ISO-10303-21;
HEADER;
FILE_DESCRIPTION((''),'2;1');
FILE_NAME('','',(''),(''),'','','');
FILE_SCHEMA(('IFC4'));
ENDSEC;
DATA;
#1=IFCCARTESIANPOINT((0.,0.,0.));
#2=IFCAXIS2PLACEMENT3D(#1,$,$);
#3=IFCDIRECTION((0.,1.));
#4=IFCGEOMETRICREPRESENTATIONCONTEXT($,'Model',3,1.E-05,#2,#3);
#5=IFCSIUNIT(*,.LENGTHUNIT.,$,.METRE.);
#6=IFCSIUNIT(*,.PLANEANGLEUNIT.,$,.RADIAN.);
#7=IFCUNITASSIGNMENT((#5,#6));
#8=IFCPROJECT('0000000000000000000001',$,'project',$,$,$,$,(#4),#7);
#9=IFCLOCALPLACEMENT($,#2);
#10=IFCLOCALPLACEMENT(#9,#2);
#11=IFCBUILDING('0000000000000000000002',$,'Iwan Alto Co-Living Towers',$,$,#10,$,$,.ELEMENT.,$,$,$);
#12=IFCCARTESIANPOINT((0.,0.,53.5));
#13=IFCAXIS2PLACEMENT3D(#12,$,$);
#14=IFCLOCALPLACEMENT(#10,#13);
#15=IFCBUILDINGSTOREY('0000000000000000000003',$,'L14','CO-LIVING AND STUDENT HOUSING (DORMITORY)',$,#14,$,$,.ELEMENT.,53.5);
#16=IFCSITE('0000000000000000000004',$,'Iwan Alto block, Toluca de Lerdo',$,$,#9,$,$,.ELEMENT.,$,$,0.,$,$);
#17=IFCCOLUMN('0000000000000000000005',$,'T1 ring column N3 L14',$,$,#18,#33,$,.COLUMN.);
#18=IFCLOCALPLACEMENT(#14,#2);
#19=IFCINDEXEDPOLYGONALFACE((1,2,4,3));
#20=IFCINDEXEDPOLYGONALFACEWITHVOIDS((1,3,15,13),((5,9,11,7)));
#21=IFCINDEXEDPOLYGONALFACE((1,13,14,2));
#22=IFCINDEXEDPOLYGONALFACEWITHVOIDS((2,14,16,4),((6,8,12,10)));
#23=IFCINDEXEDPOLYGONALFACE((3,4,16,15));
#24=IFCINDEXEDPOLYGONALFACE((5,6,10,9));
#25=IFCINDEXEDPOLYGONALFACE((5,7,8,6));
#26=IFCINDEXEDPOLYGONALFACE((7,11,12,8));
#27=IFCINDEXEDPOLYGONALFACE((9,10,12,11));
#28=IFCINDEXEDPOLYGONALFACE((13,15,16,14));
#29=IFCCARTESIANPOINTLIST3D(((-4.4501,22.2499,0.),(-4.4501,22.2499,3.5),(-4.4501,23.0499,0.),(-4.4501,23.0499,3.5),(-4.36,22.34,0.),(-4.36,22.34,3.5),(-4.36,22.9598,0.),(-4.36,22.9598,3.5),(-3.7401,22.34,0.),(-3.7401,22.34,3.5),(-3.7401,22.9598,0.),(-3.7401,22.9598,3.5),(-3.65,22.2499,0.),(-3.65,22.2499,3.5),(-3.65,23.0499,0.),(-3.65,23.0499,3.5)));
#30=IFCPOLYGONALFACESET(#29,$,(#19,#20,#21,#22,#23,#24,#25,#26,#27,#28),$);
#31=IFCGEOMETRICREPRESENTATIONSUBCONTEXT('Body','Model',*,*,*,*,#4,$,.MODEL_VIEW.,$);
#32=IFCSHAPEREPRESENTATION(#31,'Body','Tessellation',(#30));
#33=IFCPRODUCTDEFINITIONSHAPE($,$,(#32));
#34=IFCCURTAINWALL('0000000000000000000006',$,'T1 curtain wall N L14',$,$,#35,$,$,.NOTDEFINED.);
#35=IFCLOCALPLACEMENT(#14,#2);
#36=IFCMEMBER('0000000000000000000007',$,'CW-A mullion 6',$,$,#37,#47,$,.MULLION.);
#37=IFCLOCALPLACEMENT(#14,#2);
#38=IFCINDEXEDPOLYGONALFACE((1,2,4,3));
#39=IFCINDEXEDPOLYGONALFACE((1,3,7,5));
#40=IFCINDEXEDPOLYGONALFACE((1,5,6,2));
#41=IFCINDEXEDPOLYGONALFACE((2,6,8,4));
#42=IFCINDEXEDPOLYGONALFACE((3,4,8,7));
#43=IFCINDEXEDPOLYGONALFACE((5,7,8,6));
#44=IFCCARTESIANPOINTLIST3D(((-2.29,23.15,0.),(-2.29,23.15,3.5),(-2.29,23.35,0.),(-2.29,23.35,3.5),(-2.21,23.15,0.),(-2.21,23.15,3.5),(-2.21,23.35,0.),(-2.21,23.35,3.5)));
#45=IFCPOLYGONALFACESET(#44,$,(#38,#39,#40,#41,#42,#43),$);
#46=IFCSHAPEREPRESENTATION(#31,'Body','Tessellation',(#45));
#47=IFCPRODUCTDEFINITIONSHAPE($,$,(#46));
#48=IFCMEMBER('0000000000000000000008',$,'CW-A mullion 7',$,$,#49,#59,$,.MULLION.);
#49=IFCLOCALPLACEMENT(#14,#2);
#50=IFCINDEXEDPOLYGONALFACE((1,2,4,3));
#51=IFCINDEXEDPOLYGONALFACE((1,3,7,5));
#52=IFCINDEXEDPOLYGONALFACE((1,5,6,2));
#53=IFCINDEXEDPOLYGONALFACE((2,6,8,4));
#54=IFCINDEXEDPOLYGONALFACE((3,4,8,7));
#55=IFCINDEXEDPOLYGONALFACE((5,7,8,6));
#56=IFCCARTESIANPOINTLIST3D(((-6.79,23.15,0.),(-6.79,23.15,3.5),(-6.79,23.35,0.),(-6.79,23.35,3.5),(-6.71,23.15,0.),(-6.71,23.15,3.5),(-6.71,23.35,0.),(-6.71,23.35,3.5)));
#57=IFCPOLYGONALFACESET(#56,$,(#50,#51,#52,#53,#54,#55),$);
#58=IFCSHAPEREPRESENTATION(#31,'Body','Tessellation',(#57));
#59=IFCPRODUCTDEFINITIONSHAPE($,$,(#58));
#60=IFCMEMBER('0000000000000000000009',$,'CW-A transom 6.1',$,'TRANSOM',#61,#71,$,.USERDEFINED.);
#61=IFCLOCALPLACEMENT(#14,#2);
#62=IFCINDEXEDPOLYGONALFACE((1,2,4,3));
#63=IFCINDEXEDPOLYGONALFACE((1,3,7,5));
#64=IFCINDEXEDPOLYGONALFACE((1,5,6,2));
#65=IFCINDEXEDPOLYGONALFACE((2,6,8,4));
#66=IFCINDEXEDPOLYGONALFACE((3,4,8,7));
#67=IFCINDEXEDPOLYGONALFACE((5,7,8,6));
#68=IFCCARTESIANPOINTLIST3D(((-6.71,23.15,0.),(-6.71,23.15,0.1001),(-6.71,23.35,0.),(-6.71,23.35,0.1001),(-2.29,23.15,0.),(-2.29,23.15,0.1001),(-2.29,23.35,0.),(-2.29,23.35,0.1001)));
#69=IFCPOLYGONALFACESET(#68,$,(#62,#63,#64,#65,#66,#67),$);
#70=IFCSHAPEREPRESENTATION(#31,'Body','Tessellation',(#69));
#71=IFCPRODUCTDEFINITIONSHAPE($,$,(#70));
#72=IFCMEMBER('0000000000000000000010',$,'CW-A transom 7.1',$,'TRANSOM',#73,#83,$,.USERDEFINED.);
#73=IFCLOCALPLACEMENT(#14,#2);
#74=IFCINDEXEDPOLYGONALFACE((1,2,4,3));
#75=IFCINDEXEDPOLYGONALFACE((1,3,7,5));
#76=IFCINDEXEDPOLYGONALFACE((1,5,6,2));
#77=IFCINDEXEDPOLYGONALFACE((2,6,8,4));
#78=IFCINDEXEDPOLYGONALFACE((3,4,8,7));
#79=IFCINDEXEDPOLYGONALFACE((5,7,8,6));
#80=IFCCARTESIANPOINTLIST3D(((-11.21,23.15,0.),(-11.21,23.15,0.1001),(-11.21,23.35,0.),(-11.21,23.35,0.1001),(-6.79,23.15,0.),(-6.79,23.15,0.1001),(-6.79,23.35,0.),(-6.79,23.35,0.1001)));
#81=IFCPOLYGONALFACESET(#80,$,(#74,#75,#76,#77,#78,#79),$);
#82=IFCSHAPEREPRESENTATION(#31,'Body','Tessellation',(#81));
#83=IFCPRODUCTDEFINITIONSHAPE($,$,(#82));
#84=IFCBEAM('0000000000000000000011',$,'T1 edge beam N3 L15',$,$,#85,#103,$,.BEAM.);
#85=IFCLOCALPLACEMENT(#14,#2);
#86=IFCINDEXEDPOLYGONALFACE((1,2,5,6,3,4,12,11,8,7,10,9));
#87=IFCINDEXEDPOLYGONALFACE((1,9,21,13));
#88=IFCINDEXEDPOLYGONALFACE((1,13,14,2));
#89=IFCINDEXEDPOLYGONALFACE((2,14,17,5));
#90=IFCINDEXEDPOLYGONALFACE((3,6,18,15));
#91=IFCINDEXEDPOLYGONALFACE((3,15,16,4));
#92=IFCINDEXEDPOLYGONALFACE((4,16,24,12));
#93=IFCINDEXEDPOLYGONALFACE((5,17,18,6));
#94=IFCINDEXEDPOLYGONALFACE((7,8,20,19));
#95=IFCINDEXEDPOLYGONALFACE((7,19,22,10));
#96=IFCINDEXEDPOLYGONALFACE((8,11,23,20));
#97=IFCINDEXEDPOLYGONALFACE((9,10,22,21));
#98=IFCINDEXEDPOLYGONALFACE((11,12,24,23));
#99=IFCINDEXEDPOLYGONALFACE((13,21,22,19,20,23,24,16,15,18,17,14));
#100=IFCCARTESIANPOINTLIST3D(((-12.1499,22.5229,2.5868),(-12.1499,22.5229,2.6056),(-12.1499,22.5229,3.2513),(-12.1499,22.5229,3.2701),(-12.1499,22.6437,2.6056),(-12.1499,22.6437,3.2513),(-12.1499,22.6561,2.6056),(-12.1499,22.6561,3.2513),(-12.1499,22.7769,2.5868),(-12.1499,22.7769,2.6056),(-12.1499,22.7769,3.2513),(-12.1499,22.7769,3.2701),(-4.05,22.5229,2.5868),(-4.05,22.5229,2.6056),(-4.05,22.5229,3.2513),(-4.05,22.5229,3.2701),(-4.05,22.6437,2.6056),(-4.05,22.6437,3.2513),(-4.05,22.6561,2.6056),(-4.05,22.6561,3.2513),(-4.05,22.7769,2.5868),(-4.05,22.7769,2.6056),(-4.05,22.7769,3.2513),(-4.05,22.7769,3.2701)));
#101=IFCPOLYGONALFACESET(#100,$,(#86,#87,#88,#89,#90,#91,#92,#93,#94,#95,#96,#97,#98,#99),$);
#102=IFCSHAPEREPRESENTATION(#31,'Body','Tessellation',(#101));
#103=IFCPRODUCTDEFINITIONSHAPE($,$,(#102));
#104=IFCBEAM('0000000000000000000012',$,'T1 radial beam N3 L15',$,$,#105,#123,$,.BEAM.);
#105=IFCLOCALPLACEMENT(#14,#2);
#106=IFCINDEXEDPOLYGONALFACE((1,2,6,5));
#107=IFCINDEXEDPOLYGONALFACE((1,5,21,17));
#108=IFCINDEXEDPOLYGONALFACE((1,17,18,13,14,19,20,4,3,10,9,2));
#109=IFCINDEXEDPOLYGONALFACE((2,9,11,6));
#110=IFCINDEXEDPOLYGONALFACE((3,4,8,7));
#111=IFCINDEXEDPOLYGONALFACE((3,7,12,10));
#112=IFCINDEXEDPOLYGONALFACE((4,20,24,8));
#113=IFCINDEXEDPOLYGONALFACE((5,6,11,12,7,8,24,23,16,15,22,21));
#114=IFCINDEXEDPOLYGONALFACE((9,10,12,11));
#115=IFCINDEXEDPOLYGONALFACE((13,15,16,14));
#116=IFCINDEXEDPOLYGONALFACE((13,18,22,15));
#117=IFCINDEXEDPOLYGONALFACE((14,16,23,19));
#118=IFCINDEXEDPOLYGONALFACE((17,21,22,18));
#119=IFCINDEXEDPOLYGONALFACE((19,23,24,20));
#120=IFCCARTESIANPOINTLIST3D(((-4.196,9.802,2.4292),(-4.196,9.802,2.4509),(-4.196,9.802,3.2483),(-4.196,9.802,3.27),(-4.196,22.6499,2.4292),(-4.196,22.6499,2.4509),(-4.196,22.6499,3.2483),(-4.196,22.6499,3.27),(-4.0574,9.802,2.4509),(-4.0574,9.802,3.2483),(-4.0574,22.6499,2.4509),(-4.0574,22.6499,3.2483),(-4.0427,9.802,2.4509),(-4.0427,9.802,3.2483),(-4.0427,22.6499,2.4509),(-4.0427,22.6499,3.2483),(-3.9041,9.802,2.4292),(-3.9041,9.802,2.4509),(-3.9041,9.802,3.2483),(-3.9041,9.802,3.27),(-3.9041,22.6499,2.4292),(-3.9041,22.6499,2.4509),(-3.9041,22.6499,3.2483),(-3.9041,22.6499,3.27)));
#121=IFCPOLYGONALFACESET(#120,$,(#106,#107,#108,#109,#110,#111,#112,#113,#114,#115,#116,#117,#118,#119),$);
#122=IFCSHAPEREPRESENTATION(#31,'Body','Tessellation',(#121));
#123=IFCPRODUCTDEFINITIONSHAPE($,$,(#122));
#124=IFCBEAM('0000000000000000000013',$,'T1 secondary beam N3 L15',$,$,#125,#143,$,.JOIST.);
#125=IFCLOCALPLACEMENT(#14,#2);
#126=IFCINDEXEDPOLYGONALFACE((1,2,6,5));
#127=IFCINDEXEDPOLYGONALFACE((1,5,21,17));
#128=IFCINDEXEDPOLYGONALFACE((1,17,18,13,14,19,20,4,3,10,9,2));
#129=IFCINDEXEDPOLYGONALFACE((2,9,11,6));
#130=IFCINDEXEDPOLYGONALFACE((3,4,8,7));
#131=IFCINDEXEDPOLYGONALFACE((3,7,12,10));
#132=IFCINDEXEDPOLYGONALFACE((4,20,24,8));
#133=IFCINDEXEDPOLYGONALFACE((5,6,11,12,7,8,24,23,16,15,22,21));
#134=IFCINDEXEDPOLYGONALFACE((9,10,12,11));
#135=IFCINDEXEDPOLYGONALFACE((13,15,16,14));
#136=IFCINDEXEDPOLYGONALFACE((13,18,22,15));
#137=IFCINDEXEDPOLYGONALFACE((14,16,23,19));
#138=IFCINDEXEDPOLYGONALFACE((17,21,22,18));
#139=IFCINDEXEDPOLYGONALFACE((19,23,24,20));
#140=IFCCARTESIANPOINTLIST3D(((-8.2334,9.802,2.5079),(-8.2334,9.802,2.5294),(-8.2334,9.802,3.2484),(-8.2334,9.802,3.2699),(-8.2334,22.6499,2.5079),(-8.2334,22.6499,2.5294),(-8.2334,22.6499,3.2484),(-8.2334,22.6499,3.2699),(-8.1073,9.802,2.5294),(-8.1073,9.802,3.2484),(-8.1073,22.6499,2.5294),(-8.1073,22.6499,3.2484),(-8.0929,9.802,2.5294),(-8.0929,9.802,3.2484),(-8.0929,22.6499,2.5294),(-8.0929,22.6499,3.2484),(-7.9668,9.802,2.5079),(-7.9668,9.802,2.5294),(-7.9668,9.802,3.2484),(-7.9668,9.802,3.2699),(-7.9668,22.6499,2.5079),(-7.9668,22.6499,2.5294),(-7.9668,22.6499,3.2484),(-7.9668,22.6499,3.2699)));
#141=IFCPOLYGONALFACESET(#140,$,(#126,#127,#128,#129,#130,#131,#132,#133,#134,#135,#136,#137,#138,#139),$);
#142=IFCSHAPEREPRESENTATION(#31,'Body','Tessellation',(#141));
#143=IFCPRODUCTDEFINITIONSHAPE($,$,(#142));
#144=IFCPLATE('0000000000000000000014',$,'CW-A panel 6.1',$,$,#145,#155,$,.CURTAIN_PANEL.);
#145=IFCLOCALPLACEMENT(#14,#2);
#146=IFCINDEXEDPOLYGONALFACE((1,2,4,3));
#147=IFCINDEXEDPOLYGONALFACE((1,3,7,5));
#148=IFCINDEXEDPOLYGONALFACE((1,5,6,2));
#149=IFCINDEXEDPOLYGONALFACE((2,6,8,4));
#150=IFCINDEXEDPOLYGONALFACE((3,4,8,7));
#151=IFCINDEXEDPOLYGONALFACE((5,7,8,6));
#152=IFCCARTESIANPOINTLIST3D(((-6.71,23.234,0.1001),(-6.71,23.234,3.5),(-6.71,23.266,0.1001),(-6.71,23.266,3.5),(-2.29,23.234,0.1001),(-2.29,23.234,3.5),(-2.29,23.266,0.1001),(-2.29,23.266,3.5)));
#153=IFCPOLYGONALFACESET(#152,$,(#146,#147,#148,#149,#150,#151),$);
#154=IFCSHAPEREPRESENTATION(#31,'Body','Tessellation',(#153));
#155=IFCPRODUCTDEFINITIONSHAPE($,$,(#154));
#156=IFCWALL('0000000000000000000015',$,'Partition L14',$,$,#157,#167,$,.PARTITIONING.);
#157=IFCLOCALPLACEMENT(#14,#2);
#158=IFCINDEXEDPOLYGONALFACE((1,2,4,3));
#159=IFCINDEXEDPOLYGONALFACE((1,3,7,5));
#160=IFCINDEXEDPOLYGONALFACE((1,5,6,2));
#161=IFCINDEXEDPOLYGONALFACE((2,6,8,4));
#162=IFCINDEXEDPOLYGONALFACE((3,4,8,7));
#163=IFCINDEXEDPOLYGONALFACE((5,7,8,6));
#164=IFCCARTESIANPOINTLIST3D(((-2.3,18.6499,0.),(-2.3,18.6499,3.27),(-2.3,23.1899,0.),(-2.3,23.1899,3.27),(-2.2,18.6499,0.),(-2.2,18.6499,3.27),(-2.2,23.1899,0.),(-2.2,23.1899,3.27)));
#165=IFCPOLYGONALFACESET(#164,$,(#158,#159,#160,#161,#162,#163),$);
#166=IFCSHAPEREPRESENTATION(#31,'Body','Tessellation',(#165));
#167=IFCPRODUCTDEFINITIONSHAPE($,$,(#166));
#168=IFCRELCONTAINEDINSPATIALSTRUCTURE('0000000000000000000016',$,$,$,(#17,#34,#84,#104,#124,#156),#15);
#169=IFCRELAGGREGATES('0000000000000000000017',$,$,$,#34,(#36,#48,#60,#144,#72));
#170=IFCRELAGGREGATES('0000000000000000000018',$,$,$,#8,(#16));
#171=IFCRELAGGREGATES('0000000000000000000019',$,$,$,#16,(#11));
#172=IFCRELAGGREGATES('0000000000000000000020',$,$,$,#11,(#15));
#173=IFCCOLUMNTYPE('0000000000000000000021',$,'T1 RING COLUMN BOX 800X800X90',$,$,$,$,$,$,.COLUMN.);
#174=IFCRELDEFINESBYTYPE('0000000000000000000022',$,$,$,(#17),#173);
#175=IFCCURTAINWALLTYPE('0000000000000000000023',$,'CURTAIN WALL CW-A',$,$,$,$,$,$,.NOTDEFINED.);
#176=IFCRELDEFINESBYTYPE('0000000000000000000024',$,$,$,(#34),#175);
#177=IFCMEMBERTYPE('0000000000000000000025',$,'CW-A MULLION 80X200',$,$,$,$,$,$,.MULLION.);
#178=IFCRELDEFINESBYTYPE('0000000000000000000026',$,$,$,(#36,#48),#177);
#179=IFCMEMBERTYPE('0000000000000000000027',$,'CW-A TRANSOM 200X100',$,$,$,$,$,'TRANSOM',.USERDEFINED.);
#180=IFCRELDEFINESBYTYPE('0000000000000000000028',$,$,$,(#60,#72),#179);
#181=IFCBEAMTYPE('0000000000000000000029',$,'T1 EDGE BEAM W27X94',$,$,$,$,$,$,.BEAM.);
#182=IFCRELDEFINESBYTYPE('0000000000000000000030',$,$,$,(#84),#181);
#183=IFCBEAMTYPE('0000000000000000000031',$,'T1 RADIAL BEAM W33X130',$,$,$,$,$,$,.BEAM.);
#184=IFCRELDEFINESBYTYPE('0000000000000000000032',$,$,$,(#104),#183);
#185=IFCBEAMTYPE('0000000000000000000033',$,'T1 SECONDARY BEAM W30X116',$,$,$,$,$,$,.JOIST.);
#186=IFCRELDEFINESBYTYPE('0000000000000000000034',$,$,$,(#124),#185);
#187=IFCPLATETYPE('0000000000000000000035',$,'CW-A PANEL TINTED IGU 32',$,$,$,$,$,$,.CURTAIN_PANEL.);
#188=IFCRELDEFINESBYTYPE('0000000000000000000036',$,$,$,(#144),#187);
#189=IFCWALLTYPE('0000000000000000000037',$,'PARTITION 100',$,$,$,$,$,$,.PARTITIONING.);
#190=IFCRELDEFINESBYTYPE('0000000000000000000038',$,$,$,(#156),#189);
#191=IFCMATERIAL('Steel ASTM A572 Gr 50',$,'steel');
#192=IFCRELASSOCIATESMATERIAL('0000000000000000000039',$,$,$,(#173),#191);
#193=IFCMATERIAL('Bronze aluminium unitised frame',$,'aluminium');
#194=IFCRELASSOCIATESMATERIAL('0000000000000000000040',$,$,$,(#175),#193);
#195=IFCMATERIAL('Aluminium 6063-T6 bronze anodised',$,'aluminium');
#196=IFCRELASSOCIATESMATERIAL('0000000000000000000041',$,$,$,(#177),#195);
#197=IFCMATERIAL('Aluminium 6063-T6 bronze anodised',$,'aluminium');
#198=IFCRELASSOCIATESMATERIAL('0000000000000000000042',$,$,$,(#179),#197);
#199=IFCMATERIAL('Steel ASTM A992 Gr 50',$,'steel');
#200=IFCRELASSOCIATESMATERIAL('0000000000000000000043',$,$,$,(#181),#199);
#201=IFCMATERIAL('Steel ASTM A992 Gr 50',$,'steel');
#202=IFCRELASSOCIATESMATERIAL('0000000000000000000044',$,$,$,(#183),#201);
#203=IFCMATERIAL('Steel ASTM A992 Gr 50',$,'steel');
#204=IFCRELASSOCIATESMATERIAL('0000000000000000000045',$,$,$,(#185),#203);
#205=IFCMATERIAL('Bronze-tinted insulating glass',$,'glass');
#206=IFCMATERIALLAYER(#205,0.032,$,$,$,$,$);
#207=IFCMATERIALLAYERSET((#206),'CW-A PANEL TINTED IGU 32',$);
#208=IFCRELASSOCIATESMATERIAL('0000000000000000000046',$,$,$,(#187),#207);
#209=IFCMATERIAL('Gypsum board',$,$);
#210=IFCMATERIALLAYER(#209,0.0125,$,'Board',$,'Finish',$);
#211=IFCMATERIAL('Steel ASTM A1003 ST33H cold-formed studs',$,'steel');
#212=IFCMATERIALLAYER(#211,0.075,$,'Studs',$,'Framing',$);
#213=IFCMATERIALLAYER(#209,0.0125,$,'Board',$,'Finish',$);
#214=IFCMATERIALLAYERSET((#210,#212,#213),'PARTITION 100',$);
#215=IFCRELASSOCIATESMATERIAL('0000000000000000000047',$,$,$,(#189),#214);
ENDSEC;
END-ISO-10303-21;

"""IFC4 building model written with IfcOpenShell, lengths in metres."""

from ifc_helpers import new_model, si_unit, direction, frame, frame_2d, origin, origin_2d, place, context, subcontext, project, spatial, rectangle, hollow_rectangle, i_section, extrude, material, layer, layer_set, material_profile, profile_set, type_object, element, aggregate, save


model = new_model("IFC4")

# Units and contexts
model_context = context("Model", 3, precision=1e-05, world=origin(), true_north=direction((0.0, 1.0)))
body_context = subcontext(model_context, "Body", "Model", "MODEL_VIEW")
ifc_project = project(units=[si_unit("LENGTHUNIT", "METRE"), si_unit("PLANEANGLEUNIT", "RADIAN")], contexts=[model_context])

# Site, building, storey
site_placement = place(None, origin())
site = spatial("IfcSite", under=ifc_project, at=site_placement, Name="Iwan Alto block, Toluca de Lerdo", CompositionType="ELEMENT", RefElevation=0.0)
building_placement = place(site_placement, origin())
building = spatial("IfcBuilding", under=site, at=building_placement, Name="Iwan Alto Co-Living Towers", CompositionType="ELEMENT")
storey_placement = place(building_placement, frame((0.0, 0.0, 53.5)))
storey = spatial("IfcBuildingStorey", under=building, at=storey_placement, Name="L14", Description="CO-LIVING AND STUDENT HOUSING (DORMITORY)", CompositionType="ELEMENT", Elevation=53.5)

# Column
ifc_material_1 = material(Name="Steel ASTM A572 Gr 50", Category="steel")
ifc_material_profile_1 = material_profile(ifc_material_1, hollow_rectangle(XDim=0.8, YDim=0.8, WallThickness=0.0901, at=origin_2d()), Name="BOX 800X800X90")
ifc_profile_set_1 = profile_set([ifc_material_profile_1], Name="Steel ASTM A572 Gr 50")
column_type = type_object("IfcColumnType", Name="T1 RING COLUMN BOX 800X800X90", PredefinedType="COLUMN", material=ifc_profile_set_1)
column_placement = place(storey_placement, frame((-4.05, 22.6499, 0.0), z_axis=(0.0, 0.0, 1.0), x_axis=(1.0, 0.0, 0.0)))
element("IfcColumn", 1, at=column_placement, inside=storey, type_object=column_type, Name="T1 ring column N3 L14", PredefinedType="COLUMN", context=body_context, shape_type="SweptSolid", body=[
    extrude(hollow_rectangle(XDim=0.8, YDim=0.8, WallThickness=0.0901, at=origin_2d()), origin(), (0.0, 0.0, 1.0), 3.5),
])

# Curtain wall, members
ifc_material_2 = material(Name="Bronze aluminium unitised frame", Category="aluminium")
curtain_wall_type = type_object("IfcCurtainWallType", Name="CURTAIN WALL CW-A", PredefinedType="NOTDEFINED", material=ifc_material_2)
curtain_wall_placement = place(storey_placement, origin())
curtain_wall = element("IfcCurtainWall", 2, at=curtain_wall_placement, inside=storey, type_object=curtain_wall_type, Name="T1 curtain wall N L14", PredefinedType="NOTDEFINED")
ifc_material_3 = material(Name="Aluminium 6063-T6 bronze anodised", Category="aluminium")
ifc_material_profile_2 = material_profile(ifc_material_3, rectangle(XDim=0.2, YDim=0.0801, at=origin_2d()), Name="AL 80X200")
ifc_profile_set_2 = profile_set([ifc_material_profile_2], Name="Aluminium 6063-T6 bronze anodised")
member_type_1 = type_object("IfcMemberType", Name="CW-A MULLION 80X200", PredefinedType="MULLION", material=ifc_profile_set_2)
member_1_placement = place(storey_placement, frame((-2.25, 23.25, 0.0), z_axis=(0.0, 0.0, 1.0), x_axis=(0.0, -1.0, 0.0)))
member_1 = element("IfcMember", 3, at=member_1_placement, type_object=member_type_1, Name="CW-A mullion 6", PredefinedType="MULLION", context=body_context, shape_type="SweptSolid", body=[
    extrude(rectangle(XDim=0.2, YDim=0.0801, at=origin_2d()), origin(), (0.0, 0.0, 1.0), 3.5),
])
member_2_placement = place(storey_placement, frame((-6.75, 23.25, 0.0), z_axis=(0.0, 0.0, 1.0), x_axis=(0.0, -1.0, 0.0)))
member_2 = element("IfcMember", 4, at=member_2_placement, type_object=member_type_1, Name="CW-A mullion 7", PredefinedType="MULLION", context=body_context, shape_type="SweptSolid", body=[
    extrude(rectangle(XDim=0.2, YDim=0.0801, at=origin_2d()), origin(), (0.0, 0.0, 1.0), 3.5),
])
ifc_material_4 = material(Name="Aluminium 6063-T6 bronze anodised", Category="aluminium")
ifc_material_profile_3 = material_profile(ifc_material_4, rectangle(XDim=0.2, YDim=0.1001, at=origin_2d()), Name="AL 200X100")
ifc_profile_set_3 = profile_set([ifc_material_profile_3], Name="Aluminium 6063-T6 bronze anodised")
member_type_2 = type_object("IfcMemberType", Name="CW-A TRANSOM 200X100", ElementType="TRANSOM", PredefinedType="USERDEFINED", material=ifc_profile_set_3)
member_3_placement = place(storey_placement, frame((-2.29, 23.25, 0.05), z_axis=(-1.0, 0.0, 0.0), x_axis=(0.0, -1.0, 0.0)))
member_3 = element("IfcMember", 5, at=member_3_placement, type_object=member_type_2, Name="CW-A transom 6.1", ObjectType="TRANSOM", PredefinedType="USERDEFINED", context=body_context, shape_type="SweptSolid", body=[
    extrude(rectangle(XDim=0.2, YDim=0.1001, at=origin_2d()), origin(), (0.0, 0.0, 1.0), 4.4199),
])
member_4_placement = place(storey_placement, frame((-6.79, 23.25, 0.05), z_axis=(-1.0, 0.0, 0.0), x_axis=(0.0, -1.0, 0.0)))
member_4 = element("IfcMember", 6, at=member_4_placement, type_object=member_type_2, Name="CW-A transom 7.1", ObjectType="TRANSOM", PredefinedType="USERDEFINED", context=body_context, shape_type="SweptSolid", body=[
    extrude(rectangle(XDim=0.2, YDim=0.1001, at=origin_2d()), origin(), (0.0, 0.0, 1.0), 4.4199),
])

# Beams
ifc_material_5 = material(Name="Steel ASTM A992 Gr 50", Category="steel")
ifc_material_profile_4 = material_profile(ifc_material_5, i_section(OverallWidth=0.2539, OverallDepth=0.6833, WebThickness=0.0125, FlangeThickness=0.0188, at=origin_2d()), Name="W27X94")
ifc_profile_set_4 = profile_set([ifc_material_profile_4], Name="Steel ASTM A992 Gr 50")
beam_type_1 = type_object("IfcBeamType", Name="T1 EDGE BEAM W27X94", PredefinedType="BEAM", material=ifc_profile_set_4)
beam_1_placement = place(storey_placement, frame((-4.05, 22.6499, 2.9285), z_axis=(-1.0, 0.0, 0.0), x_axis=(0.0, -1.0, 0.0)))
element("IfcBeam", 7, at=beam_1_placement, inside=storey, type_object=beam_type_1, Name="T1 edge beam N3 L15", PredefinedType="BEAM", context=body_context, shape_type="SweptSolid", body=[
    extrude(i_section(OverallWidth=0.2539, OverallDepth=0.6833, WebThickness=0.0125, FlangeThickness=0.0188, at=origin_2d()), origin(), (0.0, 0.0, 1.0), 8.0999),
])
ifc_material_6 = material(Name="Steel ASTM A992 Gr 50", Category="steel")
ifc_material_profile_5 = material_profile(ifc_material_6, i_section(OverallWidth=0.292, OverallDepth=0.8408, WebThickness=0.0146, FlangeThickness=0.0217, at=origin_2d()), Name="W33X130")
ifc_profile_set_5 = profile_set([ifc_material_profile_5], Name="Steel ASTM A992 Gr 50")
beam_type_2 = type_object("IfcBeamType", Name="T1 RADIAL BEAM W33X130", PredefinedType="BEAM", material=ifc_profile_set_5)
beam_2_placement = place(storey_placement, frame((-4.05, 22.6499, 2.8496), z_axis=(0.0, -1.0, 0.0), x_axis=(1.0, 0.0, 0.0)))
element("IfcBeam", 8, at=beam_2_placement, inside=storey, type_object=beam_type_2, Name="T1 radial beam N3 L15", PredefinedType="BEAM", context=body_context, shape_type="SweptSolid", body=[
    extrude(i_section(OverallWidth=0.292, OverallDepth=0.8408, WebThickness=0.0146, FlangeThickness=0.0217, at=origin_2d()), origin(), (0.0, 0.0, 1.0), 12.8479),
])
ifc_material_7 = material(Name="Steel ASTM A992 Gr 50", Category="steel")
ifc_material_profile_6 = material_profile(ifc_material_7, i_section(OverallWidth=0.2666, OverallDepth=0.762, WebThickness=0.0144, FlangeThickness=0.0215, at=origin_2d()), Name="W30X116")
ifc_profile_set_6 = profile_set([ifc_material_profile_6], Name="Steel ASTM A992 Gr 50")
beam_type_3 = type_object("IfcBeamType", Name="T1 SECONDARY BEAM W30X116", PredefinedType="JOIST", material=ifc_profile_set_6)
beam_3_placement = place(storey_placement, frame((-8.1001, 22.6499, 2.8889), z_axis=(0.0, -1.0, 0.0), x_axis=(1.0, 0.0, 0.0)))
element("IfcBeam", 9, at=beam_3_placement, inside=storey, type_object=beam_type_3, Name="T1 secondary beam N3 L15", PredefinedType="JOIST", context=body_context, shape_type="SweptSolid", body=[
    extrude(i_section(OverallWidth=0.2666, OverallDepth=0.762, WebThickness=0.0144, FlangeThickness=0.0215, at=origin_2d()), origin(), (0.0, 0.0, 1.0), 12.8479),
])

# Plate
ifc_material_8 = material(Name="Bronze-tinted insulating glass", Category="glass")
ifc_layer_1 = layer(ifc_material_8, 0.032)
ifc_layer_set_1 = layer_set([ifc_layer_1], Name="CW-A PANEL TINTED IGU 32")
plate_type = type_object("IfcPlateType", Name="CW-A PANEL TINTED IGU 32", PredefinedType="CURTAIN_PANEL", material=ifc_layer_set_1)
plate_placement = place(storey_placement, frame((-4.5, 23.25, 0.1001), z_axis=(0.0, 0.0, 1.0), x_axis=(-1.0, 0.0, 0.0)))
plate = element("IfcPlate", 10, at=plate_placement, type_object=plate_type, Name="CW-A panel 6.1", PredefinedType="CURTAIN_PANEL", context=body_context, shape_type="SweptSolid", body=[
    extrude(rectangle(XDim=4.4199, YDim=0.032, at=origin_2d()), origin(), (0.0, 0.0, 1.0), 3.3999),
])
aggregate(curtain_wall, [member_1, member_2, member_3, plate, member_4])

# Wall
ifc_material_9 = material(Name="Gypsum board")
ifc_layer_2 = layer(ifc_material_9, 0.0125, Name="Board", Category="Finish")
ifc_material_10 = material(Name="Steel ASTM A1003 ST33H cold-formed studs", Category="steel")
ifc_layer_3 = layer(ifc_material_10, 0.075, Name="Studs", Category="Framing")
ifc_layer_4 = layer(ifc_material_9, 0.0125, Name="Board", Category="Finish")
ifc_layer_set_2 = layer_set([ifc_layer_2, ifc_layer_3, ifc_layer_4], Name="PARTITION 100")
wall_type = type_object("IfcWallType", Name="PARTITION 100", PredefinedType="PARTITIONING", material=ifc_layer_set_2)
for number, where, z_axis, x_axis, name in (
    (11, (-2.25, 18.6499, 0.0), (0.0, 0.0, 1.0), (0.0, 1.0, 0.0), "Partition L14"),
):
    element("IfcWall", number, at=place(storey_placement, frame(where, z_axis=z_axis, x_axis=x_axis)), inside=storey, type_object=wall_type, Name=name, PredefinedType="PARTITIONING", context=body_context, shape_type="SweptSolid", body=[
        extrude(rectangle(XDim=4.54, YDim=0.1001, at=frame_2d((2.27, 0.0))), origin(), (0.0, 0.0, 1.0), 3.27),
    ])

save(model, "model.ifc")
